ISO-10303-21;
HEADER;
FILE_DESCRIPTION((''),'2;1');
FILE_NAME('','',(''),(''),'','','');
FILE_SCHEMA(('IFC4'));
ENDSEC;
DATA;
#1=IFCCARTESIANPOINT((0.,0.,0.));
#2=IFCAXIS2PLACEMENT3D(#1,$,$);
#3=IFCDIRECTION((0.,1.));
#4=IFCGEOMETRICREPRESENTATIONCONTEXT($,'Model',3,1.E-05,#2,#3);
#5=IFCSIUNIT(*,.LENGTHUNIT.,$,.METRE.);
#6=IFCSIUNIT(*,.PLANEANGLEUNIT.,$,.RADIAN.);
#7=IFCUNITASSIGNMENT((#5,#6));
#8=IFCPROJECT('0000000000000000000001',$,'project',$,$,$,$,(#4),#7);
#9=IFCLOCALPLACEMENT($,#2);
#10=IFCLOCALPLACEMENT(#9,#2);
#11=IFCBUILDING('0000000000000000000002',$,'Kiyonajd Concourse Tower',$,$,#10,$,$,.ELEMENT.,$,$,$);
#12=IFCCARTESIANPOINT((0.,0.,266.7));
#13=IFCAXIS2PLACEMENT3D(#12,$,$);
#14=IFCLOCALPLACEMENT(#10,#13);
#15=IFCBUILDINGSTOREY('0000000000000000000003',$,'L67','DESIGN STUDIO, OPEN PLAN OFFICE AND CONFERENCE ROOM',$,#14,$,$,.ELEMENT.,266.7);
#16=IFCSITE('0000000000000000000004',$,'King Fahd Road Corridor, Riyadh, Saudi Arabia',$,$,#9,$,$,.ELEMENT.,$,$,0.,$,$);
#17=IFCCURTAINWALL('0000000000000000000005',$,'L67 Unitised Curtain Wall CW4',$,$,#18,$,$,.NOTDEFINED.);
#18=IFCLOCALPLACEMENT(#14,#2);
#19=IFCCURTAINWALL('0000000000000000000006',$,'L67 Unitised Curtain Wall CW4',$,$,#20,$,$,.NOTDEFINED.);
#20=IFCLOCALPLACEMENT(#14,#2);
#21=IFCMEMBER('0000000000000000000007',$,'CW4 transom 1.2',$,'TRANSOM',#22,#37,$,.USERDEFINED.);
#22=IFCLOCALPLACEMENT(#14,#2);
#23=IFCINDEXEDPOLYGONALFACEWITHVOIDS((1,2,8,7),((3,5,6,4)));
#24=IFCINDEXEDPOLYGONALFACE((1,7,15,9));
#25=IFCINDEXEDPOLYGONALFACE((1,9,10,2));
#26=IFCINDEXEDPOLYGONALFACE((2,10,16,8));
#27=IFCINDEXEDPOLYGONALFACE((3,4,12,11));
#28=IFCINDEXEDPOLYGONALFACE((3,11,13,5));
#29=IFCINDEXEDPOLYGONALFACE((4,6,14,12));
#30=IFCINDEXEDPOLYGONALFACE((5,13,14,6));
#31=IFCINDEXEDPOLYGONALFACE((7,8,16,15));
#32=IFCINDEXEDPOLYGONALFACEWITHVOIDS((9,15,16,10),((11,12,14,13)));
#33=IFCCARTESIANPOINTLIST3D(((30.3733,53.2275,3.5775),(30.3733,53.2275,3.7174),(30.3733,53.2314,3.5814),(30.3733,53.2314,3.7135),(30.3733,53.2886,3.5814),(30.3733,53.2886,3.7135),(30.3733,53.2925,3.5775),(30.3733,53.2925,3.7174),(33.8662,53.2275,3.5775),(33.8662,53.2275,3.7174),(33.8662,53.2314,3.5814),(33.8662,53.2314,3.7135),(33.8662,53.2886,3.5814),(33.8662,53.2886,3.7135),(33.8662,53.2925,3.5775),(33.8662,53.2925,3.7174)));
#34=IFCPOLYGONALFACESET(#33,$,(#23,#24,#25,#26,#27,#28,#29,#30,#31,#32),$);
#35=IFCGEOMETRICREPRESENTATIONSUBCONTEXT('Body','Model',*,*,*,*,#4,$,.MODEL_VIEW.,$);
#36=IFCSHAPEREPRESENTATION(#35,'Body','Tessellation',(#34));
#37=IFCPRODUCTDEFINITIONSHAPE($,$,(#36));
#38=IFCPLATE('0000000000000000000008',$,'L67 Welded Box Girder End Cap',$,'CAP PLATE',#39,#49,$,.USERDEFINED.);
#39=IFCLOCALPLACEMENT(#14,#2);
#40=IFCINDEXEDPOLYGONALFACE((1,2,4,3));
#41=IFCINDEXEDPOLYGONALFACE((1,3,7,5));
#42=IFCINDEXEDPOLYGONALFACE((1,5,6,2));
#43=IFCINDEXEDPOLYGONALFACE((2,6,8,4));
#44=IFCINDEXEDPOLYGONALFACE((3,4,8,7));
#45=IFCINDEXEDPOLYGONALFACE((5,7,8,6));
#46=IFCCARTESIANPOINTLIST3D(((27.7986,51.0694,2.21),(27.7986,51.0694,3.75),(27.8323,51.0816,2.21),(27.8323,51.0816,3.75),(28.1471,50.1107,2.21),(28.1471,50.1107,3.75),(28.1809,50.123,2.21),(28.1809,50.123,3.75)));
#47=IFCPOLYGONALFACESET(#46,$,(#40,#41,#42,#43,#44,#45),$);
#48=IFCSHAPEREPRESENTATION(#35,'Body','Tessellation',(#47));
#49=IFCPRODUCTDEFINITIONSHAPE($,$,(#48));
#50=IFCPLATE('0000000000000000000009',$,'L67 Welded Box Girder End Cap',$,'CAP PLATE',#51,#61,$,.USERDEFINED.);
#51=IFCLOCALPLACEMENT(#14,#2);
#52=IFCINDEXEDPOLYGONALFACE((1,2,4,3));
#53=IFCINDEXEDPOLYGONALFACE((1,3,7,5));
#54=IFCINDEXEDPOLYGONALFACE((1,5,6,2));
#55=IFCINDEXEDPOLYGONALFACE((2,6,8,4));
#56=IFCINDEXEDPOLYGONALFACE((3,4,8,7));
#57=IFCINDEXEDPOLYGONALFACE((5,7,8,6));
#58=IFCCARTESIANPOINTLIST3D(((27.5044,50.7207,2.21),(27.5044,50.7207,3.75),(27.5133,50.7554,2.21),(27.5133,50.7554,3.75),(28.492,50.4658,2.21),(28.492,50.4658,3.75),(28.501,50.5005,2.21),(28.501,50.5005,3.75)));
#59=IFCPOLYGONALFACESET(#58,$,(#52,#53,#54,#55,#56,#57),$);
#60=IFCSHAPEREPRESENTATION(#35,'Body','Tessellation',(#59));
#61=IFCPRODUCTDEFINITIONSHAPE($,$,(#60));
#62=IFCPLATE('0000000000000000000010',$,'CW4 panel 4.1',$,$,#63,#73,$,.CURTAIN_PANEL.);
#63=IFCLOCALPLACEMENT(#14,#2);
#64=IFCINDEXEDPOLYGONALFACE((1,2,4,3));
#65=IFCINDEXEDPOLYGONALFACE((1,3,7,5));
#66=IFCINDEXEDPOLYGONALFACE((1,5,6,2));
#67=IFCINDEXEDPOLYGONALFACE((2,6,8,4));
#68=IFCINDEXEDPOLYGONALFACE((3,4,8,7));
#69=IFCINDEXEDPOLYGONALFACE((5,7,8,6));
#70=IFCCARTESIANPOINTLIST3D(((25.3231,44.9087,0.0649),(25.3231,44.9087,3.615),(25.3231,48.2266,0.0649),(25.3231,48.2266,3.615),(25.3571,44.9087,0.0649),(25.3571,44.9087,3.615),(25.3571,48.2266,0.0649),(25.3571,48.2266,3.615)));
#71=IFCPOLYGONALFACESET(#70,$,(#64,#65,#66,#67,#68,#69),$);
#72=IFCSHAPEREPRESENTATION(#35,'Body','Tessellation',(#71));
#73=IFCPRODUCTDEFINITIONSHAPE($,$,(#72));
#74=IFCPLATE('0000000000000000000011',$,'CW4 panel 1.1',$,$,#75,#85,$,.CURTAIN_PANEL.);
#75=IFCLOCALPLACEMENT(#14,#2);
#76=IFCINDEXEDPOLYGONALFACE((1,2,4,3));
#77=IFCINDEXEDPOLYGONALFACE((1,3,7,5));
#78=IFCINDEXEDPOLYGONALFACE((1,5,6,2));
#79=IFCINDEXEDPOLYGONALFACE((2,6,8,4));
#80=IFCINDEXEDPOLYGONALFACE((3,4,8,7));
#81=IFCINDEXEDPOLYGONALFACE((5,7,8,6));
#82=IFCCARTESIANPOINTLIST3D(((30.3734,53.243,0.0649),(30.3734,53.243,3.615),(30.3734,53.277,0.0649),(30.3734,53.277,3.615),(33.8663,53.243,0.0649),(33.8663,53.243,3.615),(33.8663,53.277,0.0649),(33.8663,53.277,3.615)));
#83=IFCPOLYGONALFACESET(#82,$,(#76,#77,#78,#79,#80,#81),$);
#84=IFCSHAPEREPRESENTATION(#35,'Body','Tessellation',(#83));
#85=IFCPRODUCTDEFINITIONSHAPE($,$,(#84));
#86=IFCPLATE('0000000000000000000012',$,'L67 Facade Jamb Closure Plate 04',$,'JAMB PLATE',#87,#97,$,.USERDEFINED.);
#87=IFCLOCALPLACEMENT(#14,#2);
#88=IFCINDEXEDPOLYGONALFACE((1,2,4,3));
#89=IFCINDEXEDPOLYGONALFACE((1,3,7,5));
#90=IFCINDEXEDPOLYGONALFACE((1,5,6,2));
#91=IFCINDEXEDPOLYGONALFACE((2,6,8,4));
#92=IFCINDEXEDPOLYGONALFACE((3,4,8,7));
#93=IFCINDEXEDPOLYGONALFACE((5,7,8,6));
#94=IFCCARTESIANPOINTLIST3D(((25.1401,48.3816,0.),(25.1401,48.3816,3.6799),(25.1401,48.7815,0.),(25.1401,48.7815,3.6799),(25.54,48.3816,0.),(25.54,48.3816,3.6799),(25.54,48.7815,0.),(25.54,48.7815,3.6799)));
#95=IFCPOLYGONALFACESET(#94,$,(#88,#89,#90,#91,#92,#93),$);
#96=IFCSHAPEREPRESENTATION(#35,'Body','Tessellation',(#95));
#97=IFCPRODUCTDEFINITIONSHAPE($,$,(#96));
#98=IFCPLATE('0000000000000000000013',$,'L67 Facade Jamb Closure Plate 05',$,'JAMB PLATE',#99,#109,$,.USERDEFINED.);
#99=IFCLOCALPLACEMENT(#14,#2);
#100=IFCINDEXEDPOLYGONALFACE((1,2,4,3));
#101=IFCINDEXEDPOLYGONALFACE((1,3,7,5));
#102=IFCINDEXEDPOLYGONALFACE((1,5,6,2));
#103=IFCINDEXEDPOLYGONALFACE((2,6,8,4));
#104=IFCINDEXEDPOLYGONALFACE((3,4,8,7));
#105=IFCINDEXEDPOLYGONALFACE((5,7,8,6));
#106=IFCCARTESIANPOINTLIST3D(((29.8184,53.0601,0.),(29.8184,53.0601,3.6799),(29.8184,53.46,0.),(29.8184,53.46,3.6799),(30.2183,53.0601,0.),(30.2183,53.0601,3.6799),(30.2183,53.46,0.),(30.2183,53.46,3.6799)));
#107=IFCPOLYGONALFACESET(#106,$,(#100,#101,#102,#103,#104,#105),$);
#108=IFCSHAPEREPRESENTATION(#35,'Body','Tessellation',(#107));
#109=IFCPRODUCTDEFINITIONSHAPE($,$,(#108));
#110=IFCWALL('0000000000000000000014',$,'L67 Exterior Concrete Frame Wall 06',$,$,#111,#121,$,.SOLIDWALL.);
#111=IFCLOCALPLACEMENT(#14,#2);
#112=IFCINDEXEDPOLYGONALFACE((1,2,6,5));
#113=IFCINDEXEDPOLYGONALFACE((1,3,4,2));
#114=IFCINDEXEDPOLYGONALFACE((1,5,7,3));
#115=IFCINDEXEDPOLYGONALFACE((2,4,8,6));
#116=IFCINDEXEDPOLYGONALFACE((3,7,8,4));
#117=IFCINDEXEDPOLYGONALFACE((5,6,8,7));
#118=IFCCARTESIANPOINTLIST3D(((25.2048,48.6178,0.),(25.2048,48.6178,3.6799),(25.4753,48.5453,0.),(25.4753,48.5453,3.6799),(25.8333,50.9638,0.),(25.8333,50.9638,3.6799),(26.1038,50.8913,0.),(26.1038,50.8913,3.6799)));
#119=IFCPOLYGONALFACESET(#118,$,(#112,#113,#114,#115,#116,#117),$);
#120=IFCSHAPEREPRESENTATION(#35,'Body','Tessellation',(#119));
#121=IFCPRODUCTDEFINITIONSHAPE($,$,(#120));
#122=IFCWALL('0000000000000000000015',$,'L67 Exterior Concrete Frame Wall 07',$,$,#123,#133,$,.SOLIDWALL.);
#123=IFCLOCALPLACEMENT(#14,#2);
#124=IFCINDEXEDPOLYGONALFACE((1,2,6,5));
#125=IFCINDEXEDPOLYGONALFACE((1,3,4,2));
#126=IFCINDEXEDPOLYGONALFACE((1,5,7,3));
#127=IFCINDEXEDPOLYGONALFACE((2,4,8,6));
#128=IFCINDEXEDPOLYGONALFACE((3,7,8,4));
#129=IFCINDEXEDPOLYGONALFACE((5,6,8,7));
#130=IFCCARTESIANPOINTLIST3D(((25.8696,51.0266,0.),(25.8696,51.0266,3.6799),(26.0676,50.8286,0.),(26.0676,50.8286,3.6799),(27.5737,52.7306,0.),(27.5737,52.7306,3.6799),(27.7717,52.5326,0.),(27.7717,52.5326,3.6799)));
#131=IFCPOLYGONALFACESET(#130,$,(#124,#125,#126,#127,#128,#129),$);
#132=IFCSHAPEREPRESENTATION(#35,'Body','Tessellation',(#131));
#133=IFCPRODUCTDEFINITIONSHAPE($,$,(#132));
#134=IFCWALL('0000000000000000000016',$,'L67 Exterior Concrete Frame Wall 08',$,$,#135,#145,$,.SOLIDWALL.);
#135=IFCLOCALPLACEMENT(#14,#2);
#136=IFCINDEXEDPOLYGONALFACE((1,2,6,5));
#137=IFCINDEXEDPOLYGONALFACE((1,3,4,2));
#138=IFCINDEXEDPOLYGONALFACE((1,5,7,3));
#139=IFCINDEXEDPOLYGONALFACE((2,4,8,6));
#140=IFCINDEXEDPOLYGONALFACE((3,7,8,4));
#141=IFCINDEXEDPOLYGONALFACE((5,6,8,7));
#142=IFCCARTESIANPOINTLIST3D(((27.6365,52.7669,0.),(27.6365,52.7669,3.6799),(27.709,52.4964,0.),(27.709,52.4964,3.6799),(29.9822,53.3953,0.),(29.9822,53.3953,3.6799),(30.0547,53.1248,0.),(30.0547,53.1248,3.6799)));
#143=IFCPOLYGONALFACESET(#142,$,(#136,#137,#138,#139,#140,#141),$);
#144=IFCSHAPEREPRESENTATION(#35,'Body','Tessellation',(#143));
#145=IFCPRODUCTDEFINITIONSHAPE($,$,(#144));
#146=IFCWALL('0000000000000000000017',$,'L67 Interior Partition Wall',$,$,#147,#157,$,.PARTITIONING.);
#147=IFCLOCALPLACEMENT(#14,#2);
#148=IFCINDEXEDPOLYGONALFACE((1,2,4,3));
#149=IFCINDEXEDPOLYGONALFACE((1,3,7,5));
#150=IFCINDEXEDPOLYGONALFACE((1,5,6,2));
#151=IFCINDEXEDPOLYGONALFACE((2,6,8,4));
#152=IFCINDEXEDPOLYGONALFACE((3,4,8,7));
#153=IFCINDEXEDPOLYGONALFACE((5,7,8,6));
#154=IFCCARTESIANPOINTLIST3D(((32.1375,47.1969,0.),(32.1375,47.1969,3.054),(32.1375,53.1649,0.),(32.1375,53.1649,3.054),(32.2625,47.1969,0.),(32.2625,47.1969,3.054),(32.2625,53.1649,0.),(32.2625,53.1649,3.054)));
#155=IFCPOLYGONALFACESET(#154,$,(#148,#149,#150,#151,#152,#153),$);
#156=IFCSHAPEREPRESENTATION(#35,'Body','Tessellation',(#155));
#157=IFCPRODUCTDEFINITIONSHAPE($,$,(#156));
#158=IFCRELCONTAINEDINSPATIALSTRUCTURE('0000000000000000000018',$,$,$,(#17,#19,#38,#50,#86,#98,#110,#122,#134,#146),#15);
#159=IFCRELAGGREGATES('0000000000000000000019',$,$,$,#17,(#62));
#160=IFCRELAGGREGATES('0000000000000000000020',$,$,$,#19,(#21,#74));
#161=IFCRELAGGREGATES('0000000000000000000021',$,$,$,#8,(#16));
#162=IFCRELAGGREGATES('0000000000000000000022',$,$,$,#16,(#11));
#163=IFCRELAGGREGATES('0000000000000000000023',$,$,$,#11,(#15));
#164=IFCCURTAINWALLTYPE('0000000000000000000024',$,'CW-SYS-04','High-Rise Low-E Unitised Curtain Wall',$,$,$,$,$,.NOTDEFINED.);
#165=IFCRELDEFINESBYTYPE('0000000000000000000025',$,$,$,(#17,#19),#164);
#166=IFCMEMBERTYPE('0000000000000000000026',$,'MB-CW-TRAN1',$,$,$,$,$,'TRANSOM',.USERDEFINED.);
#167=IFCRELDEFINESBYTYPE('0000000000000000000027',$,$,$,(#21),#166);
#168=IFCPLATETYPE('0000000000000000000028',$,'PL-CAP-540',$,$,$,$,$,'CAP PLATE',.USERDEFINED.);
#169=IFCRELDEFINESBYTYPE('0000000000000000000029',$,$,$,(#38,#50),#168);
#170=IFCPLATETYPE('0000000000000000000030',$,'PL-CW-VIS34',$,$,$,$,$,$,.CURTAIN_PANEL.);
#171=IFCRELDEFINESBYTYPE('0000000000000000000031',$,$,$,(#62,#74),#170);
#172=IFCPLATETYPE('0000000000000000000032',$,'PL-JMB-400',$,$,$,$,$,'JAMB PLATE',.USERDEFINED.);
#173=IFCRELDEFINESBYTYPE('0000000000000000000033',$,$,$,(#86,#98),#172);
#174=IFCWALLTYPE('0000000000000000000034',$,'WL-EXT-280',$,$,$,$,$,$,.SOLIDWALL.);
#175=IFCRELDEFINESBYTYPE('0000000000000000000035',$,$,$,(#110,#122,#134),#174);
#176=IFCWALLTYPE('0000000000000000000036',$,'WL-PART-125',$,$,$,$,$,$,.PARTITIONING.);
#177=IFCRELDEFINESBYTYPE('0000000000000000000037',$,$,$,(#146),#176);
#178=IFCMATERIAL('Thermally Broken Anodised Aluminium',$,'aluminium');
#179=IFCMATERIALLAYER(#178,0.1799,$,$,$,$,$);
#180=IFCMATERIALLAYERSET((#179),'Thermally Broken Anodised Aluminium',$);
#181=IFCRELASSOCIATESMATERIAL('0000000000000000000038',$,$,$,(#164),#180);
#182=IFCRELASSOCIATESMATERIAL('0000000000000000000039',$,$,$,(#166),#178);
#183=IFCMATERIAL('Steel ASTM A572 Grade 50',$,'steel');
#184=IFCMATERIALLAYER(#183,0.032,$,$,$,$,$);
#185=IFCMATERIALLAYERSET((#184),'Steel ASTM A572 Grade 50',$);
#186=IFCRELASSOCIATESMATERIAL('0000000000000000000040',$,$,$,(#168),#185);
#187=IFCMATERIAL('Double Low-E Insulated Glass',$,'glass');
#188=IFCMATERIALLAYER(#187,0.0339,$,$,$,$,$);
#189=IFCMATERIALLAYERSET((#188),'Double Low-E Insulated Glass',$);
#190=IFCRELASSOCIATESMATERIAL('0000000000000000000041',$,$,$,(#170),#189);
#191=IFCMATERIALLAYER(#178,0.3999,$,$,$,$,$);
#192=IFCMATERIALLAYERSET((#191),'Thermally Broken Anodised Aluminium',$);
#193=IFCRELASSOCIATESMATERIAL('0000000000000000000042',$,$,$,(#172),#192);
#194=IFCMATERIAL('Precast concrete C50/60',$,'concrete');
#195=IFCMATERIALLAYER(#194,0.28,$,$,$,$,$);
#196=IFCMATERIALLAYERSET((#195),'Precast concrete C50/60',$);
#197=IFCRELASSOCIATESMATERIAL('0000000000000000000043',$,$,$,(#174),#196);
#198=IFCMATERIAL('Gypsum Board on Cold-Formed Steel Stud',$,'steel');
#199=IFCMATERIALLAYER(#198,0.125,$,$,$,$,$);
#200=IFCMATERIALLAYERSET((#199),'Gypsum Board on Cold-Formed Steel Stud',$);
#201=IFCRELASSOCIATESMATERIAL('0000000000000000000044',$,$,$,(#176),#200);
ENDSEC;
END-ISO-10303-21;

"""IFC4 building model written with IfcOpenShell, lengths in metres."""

from ifc_helpers import new_model, si_unit, direction, frame, frame_2d, origin, origin_2d, place, context, subcontext, project, spatial, rectangle, hollow_rectangle, extrude, material, layer, layer_set, material_profile, profile_set, type_object, element, aggregate, save


model = new_model("IFC4")

# Units and contexts
model_context = context("Model", 3, precision=1e-05, world=origin(), true_north=direction((0.0, 1.0)))
body_context = subcontext(model_context, "Body", "Model", "MODEL_VIEW")
ifc_project = project(units=[si_unit("LENGTHUNIT", "METRE"), si_unit("PLANEANGLEUNIT", "RADIAN")], contexts=[model_context])

# Site, building, storey
site_placement = place(None, origin())
site = spatial("IfcSite", under=ifc_project, at=site_placement, Name="King Fahd Road Corridor, Riyadh, Saudi Arabia", CompositionType="ELEMENT", RefElevation=0.0)
building_placement = place(site_placement, origin())
building = spatial("IfcBuilding", under=site, at=building_placement, Name="Kiyonajd Concourse Tower", CompositionType="ELEMENT")
storey_placement = place(building_placement, frame((0.0, 0.0, 266.7)))
storey = spatial("IfcBuildingStorey", under=building, at=storey_placement, Name="L67", Description="DESIGN STUDIO, OPEN PLAN OFFICE AND CONFERENCE ROOM", CompositionType="ELEMENT", Elevation=266.7)

# Shared definitions
ifc_material_1 = material(Name="Steel ASTM A572 Grade 50", Category="steel")

# Curtain walls
ifc_material_2 = material(Name="Thermally Broken Anodised Aluminium", Category="aluminium")
ifc_layer_1 = layer(ifc_material_2, 0.1799)
ifc_layer_set_1 = layer_set([ifc_layer_1], Name="Thermally Broken Anodised Aluminium")
curtain_wall_type = type_object("IfcCurtainWallType", Name="CW-SYS-04", Description="High-Rise Low-E Unitised Curtain Wall", PredefinedType="NOTDEFINED", material=ifc_layer_set_1)
curtain_wall_1_placement = place(storey_placement, origin())
curtain_wall_1 = element("IfcCurtainWall", 1, at=curtain_wall_1_placement, inside=storey, type_object=curtain_wall_type, Name="L67 Unitised Curtain Wall CW4", PredefinedType="NOTDEFINED")
curtain_wall_2_placement = place(storey_placement, origin())
curtain_wall_2 = element("IfcCurtainWall", 2, at=curtain_wall_2_placement, inside=storey, type_object=curtain_wall_type, Name="L67 Unitised Curtain Wall CW4", PredefinedType="NOTDEFINED")

# Member
ifc_material_profile_1 = material_profile(ifc_material_2, hollow_rectangle(XDim=0.0649, YDim=0.1399, WallThickness=0.0039, at=origin_2d()), Name="TRAN-65x140")
ifc_profile_set_1 = profile_set([ifc_material_profile_1], Name="Thermally Broken Anodised Aluminium")
member_type_1 = type_object("IfcMemberType", Name="MB-CW-TRAN1", ElementType="TRANSOM", PredefinedType="USERDEFINED", material=ifc_profile_set_1)
member_1_placement = place(storey_placement, frame((30.3733, 53.26, 3.6475), z_axis=(1.0, 0.0, 0.0), x_axis=(0.0, 1.0, 0.0)))
member_1 = element("IfcMember", 3, at=member_1_placement, type_object=member_type_1, Name="CW4 transom 1.2", ObjectType="TRANSOM", PredefinedType="USERDEFINED", context=body_context, shape_type="SweptSolid", body=[
    extrude(hollow_rectangle(XDim=0.0649, YDim=0.1399, WallThickness=0.0039, at=origin_2d()), origin(), (0.0, 0.0, 1.0), 3.4929),
])

# Plates
ifc_layer_2 = layer(ifc_material_1, 0.032)
ifc_layer_set_2 = layer_set([ifc_layer_2], Name="Steel ASTM A572 Grade 50")
plate_type_1 = type_object("IfcPlateType", Name="PL-CAP-540", ElementType="CAP PLATE", PredefinedType="USERDEFINED", material=ifc_layer_set_2)
for number, where, z_axis, x_axis, name in (
    (4, (27.9897, 50.5962, 2.21), (0.0, 0.0, 1.0), (-0.939812, -0.341692, 0.0), "L67 Welded Box Girder End Cap"),
    (5, (28.0027, 50.6106, 2.21), (0.0, 0.0, 1.0), (0.249873, 0.968279, 0.0), "L67 Welded Box Girder End Cap"),
):
    element("IfcPlate", number, at=place(storey_placement, frame(where, z_axis=z_axis, x_axis=x_axis)), inside=storey, type_object=plate_type_1, Name=name, ObjectType="CAP PLATE", PredefinedType="USERDEFINED", context=body_context, shape_type="SweptSolid", body=[
        extrude(rectangle(XDim=0.0359, YDim=1.02, at=origin_2d()), origin(), (0.0, 0.0, 1.0), 1.54),
    ])

# Plates
ifc_material_3 = material(Name="Double Low-E Insulated Glass", Category="glass")
ifc_layer_3 = layer(ifc_material_3, 0.0339)
ifc_layer_set_3 = layer_set([ifc_layer_3], Name="Double Low-E Insulated Glass")
plate_type_2 = type_object("IfcPlateType", Name="PL-CW-VIS34", PredefinedType="CURTAIN_PANEL", material=ifc_layer_set_3)
plate_1_placement = place(storey_placement, frame((25.3401, 46.5676, 0.0649), z_axis=(0.0, 0.0, 1.0), x_axis=(0.0, 1.0, 0.0)))
plate_1 = element("IfcPlate", 6, at=plate_1_placement, type_object=plate_type_2, Name="CW4 panel 4.1", PredefinedType="CURTAIN_PANEL", context=body_context, shape_type="SweptSolid", body=[
    extrude(rectangle(XDim=3.3179, YDim=0.0339, at=origin_2d()), origin(), (0.0, 0.0, 1.0), 3.55),
])
aggregate(curtain_wall_1, [plate_1])
plate_2_placement = place(storey_placement, frame((32.1199, 53.26, 0.0649), z_axis=(0.0, 0.0, 1.0), x_axis=(1.0, 0.0, 0.0)))
plate_2 = element("IfcPlate", 7, at=plate_2_placement, type_object=plate_type_2, Name="CW4 panel 1.1", PredefinedType="CURTAIN_PANEL", context=body_context, shape_type="SweptSolid", body=[
    extrude(rectangle(XDim=3.4929, YDim=0.0339, at=origin_2d()), origin(), (0.0, 0.0, 1.0), 3.55),
])
aggregate(curtain_wall_2, [member_1, plate_2])

# Plates
ifc_layer_4 = layer(ifc_material_2, 0.3999)
ifc_layer_set_4 = layer_set([ifc_layer_4], Name="Thermally Broken Anodised Aluminium")
plate_type_3 = type_object("IfcPlateType", Name="PL-JMB-400", ElementType="JAMB PLATE", PredefinedType="USERDEFINED", material=ifc_layer_set_4)
for number, where, z_axis, x_axis, name in (
    (8, (25.3401, 48.5815, 0.0), (0.0, 0.0, 1.0), (1.0, 0.0, 0.0), "L67 Facade Jamb Closure Plate 04"),
    (9, (30.0183, 53.26, 0.0), (0.0, 0.0, 1.0), (1.0, 0.0, 0.0), "L67 Facade Jamb Closure Plate 05"),
):
    element("IfcPlate", number, at=place(storey_placement, frame(where, z_axis=z_axis, x_axis=x_axis)), inside=storey, type_object=plate_type_3, Name=name, ObjectType="JAMB PLATE", PredefinedType="USERDEFINED", context=body_context, shape_type="SweptSolid", body=[
        extrude(rectangle(XDim=0.3999, YDim=0.3999, at=origin_2d()), origin(), (0.0, 0.0, 1.0), 3.6799),
    ])

# Walls
ifc_material_4 = material(Name="Precast concrete C50/60", Category="concrete")
ifc_layer_5 = layer(ifc_material_4, 0.28)
ifc_layer_set_5 = layer_set([ifc_layer_5], Name="Precast concrete C50/60")
wall_type_1 = type_object("IfcWallType", Name="WL-EXT-280", PredefinedType="SOLIDWALL", material=ifc_layer_set_5)
wall_1_placement = place(storey_placement, frame((25.3401, 48.5815, 0.0), z_axis=(0.0, 0.0, 1.0), x_axis=(0.258751, 0.965944, 0.0)))
element("IfcWall", 10, at=wall_1_placement, inside=storey, type_object=wall_type_1, Name="L67 Exterior Concrete Frame Wall 06", PredefinedType="SOLIDWALL", context=body_context, shape_type="SweptSolid", body=[
    extrude(rectangle(XDim=2.4287, YDim=0.28, at=frame_2d((1.2144, 0.0))), origin(), (0.0, 0.0, 1.0), 3.6799),
])
wall_2_placement = place(storey_placement, frame((25.9685, 50.9275, 0.0), z_axis=(0.0, 0.0, 1.0), x_axis=(0.707107, 0.707107, 0.0)))
element("IfcWall", 11, at=wall_2_placement, inside=storey, type_object=wall_type_1, Name="L67 Exterior Concrete Frame Wall 07", PredefinedType="SOLIDWALL", context=body_context, shape_type="SweptSolid", body=[
    extrude(rectangle(XDim=2.4099, YDim=0.28, at=frame_2d((1.2051, 0.0))), origin(), (0.0, 0.0, 1.0), 3.6799),
])
wall_3_placement = place(storey_placement, frame((27.6726, 52.6316, 0.0), z_axis=(0.0, 0.0, 1.0), x_axis=(0.965937, 0.258776, 0.0)))
element("IfcWall", 12, at=wall_3_placement, inside=storey, type_object=wall_type_1, Name="L67 Exterior Concrete Frame Wall 08", PredefinedType="SOLIDWALL", context=body_context, shape_type="SweptSolid", body=[
    extrude(rectangle(XDim=2.4285, YDim=0.28, at=frame_2d((1.2144, 0.0))), origin(), (0.0, 0.0, 1.0), 3.6799),
])
ifc_material_5 = material(Name="Gypsum Board on Cold-Formed Steel Stud", Category="steel")
ifc_layer_6 = layer(ifc_material_5, 0.125)
ifc_layer_set_6 = layer_set([ifc_layer_6], Name="Gypsum Board on Cold-Formed Steel Stud")
wall_type_2 = type_object("IfcWallType", Name="WL-PART-125", PredefinedType="PARTITIONING", material=ifc_layer_set_6)
wall_4_placement = place(storey_placement, frame((32.2, 47.197, 0.0), z_axis=(0.0, 0.0, 1.0), x_axis=(0.0, 1.0, 0.0)))
element("IfcWall", 13, at=wall_4_placement, inside=storey, type_object=wall_type_2, Name="L67 Interior Partition Wall", PredefinedType="PARTITIONING", context=body_context, shape_type="SweptSolid", body=[
    extrude(rectangle(XDim=5.968, YDim=0.125, at=frame_2d((2.9839, 0.0))), origin(), (0.0, 0.0, 1.0), 3.054),
])

save(model, "model.ifc")
